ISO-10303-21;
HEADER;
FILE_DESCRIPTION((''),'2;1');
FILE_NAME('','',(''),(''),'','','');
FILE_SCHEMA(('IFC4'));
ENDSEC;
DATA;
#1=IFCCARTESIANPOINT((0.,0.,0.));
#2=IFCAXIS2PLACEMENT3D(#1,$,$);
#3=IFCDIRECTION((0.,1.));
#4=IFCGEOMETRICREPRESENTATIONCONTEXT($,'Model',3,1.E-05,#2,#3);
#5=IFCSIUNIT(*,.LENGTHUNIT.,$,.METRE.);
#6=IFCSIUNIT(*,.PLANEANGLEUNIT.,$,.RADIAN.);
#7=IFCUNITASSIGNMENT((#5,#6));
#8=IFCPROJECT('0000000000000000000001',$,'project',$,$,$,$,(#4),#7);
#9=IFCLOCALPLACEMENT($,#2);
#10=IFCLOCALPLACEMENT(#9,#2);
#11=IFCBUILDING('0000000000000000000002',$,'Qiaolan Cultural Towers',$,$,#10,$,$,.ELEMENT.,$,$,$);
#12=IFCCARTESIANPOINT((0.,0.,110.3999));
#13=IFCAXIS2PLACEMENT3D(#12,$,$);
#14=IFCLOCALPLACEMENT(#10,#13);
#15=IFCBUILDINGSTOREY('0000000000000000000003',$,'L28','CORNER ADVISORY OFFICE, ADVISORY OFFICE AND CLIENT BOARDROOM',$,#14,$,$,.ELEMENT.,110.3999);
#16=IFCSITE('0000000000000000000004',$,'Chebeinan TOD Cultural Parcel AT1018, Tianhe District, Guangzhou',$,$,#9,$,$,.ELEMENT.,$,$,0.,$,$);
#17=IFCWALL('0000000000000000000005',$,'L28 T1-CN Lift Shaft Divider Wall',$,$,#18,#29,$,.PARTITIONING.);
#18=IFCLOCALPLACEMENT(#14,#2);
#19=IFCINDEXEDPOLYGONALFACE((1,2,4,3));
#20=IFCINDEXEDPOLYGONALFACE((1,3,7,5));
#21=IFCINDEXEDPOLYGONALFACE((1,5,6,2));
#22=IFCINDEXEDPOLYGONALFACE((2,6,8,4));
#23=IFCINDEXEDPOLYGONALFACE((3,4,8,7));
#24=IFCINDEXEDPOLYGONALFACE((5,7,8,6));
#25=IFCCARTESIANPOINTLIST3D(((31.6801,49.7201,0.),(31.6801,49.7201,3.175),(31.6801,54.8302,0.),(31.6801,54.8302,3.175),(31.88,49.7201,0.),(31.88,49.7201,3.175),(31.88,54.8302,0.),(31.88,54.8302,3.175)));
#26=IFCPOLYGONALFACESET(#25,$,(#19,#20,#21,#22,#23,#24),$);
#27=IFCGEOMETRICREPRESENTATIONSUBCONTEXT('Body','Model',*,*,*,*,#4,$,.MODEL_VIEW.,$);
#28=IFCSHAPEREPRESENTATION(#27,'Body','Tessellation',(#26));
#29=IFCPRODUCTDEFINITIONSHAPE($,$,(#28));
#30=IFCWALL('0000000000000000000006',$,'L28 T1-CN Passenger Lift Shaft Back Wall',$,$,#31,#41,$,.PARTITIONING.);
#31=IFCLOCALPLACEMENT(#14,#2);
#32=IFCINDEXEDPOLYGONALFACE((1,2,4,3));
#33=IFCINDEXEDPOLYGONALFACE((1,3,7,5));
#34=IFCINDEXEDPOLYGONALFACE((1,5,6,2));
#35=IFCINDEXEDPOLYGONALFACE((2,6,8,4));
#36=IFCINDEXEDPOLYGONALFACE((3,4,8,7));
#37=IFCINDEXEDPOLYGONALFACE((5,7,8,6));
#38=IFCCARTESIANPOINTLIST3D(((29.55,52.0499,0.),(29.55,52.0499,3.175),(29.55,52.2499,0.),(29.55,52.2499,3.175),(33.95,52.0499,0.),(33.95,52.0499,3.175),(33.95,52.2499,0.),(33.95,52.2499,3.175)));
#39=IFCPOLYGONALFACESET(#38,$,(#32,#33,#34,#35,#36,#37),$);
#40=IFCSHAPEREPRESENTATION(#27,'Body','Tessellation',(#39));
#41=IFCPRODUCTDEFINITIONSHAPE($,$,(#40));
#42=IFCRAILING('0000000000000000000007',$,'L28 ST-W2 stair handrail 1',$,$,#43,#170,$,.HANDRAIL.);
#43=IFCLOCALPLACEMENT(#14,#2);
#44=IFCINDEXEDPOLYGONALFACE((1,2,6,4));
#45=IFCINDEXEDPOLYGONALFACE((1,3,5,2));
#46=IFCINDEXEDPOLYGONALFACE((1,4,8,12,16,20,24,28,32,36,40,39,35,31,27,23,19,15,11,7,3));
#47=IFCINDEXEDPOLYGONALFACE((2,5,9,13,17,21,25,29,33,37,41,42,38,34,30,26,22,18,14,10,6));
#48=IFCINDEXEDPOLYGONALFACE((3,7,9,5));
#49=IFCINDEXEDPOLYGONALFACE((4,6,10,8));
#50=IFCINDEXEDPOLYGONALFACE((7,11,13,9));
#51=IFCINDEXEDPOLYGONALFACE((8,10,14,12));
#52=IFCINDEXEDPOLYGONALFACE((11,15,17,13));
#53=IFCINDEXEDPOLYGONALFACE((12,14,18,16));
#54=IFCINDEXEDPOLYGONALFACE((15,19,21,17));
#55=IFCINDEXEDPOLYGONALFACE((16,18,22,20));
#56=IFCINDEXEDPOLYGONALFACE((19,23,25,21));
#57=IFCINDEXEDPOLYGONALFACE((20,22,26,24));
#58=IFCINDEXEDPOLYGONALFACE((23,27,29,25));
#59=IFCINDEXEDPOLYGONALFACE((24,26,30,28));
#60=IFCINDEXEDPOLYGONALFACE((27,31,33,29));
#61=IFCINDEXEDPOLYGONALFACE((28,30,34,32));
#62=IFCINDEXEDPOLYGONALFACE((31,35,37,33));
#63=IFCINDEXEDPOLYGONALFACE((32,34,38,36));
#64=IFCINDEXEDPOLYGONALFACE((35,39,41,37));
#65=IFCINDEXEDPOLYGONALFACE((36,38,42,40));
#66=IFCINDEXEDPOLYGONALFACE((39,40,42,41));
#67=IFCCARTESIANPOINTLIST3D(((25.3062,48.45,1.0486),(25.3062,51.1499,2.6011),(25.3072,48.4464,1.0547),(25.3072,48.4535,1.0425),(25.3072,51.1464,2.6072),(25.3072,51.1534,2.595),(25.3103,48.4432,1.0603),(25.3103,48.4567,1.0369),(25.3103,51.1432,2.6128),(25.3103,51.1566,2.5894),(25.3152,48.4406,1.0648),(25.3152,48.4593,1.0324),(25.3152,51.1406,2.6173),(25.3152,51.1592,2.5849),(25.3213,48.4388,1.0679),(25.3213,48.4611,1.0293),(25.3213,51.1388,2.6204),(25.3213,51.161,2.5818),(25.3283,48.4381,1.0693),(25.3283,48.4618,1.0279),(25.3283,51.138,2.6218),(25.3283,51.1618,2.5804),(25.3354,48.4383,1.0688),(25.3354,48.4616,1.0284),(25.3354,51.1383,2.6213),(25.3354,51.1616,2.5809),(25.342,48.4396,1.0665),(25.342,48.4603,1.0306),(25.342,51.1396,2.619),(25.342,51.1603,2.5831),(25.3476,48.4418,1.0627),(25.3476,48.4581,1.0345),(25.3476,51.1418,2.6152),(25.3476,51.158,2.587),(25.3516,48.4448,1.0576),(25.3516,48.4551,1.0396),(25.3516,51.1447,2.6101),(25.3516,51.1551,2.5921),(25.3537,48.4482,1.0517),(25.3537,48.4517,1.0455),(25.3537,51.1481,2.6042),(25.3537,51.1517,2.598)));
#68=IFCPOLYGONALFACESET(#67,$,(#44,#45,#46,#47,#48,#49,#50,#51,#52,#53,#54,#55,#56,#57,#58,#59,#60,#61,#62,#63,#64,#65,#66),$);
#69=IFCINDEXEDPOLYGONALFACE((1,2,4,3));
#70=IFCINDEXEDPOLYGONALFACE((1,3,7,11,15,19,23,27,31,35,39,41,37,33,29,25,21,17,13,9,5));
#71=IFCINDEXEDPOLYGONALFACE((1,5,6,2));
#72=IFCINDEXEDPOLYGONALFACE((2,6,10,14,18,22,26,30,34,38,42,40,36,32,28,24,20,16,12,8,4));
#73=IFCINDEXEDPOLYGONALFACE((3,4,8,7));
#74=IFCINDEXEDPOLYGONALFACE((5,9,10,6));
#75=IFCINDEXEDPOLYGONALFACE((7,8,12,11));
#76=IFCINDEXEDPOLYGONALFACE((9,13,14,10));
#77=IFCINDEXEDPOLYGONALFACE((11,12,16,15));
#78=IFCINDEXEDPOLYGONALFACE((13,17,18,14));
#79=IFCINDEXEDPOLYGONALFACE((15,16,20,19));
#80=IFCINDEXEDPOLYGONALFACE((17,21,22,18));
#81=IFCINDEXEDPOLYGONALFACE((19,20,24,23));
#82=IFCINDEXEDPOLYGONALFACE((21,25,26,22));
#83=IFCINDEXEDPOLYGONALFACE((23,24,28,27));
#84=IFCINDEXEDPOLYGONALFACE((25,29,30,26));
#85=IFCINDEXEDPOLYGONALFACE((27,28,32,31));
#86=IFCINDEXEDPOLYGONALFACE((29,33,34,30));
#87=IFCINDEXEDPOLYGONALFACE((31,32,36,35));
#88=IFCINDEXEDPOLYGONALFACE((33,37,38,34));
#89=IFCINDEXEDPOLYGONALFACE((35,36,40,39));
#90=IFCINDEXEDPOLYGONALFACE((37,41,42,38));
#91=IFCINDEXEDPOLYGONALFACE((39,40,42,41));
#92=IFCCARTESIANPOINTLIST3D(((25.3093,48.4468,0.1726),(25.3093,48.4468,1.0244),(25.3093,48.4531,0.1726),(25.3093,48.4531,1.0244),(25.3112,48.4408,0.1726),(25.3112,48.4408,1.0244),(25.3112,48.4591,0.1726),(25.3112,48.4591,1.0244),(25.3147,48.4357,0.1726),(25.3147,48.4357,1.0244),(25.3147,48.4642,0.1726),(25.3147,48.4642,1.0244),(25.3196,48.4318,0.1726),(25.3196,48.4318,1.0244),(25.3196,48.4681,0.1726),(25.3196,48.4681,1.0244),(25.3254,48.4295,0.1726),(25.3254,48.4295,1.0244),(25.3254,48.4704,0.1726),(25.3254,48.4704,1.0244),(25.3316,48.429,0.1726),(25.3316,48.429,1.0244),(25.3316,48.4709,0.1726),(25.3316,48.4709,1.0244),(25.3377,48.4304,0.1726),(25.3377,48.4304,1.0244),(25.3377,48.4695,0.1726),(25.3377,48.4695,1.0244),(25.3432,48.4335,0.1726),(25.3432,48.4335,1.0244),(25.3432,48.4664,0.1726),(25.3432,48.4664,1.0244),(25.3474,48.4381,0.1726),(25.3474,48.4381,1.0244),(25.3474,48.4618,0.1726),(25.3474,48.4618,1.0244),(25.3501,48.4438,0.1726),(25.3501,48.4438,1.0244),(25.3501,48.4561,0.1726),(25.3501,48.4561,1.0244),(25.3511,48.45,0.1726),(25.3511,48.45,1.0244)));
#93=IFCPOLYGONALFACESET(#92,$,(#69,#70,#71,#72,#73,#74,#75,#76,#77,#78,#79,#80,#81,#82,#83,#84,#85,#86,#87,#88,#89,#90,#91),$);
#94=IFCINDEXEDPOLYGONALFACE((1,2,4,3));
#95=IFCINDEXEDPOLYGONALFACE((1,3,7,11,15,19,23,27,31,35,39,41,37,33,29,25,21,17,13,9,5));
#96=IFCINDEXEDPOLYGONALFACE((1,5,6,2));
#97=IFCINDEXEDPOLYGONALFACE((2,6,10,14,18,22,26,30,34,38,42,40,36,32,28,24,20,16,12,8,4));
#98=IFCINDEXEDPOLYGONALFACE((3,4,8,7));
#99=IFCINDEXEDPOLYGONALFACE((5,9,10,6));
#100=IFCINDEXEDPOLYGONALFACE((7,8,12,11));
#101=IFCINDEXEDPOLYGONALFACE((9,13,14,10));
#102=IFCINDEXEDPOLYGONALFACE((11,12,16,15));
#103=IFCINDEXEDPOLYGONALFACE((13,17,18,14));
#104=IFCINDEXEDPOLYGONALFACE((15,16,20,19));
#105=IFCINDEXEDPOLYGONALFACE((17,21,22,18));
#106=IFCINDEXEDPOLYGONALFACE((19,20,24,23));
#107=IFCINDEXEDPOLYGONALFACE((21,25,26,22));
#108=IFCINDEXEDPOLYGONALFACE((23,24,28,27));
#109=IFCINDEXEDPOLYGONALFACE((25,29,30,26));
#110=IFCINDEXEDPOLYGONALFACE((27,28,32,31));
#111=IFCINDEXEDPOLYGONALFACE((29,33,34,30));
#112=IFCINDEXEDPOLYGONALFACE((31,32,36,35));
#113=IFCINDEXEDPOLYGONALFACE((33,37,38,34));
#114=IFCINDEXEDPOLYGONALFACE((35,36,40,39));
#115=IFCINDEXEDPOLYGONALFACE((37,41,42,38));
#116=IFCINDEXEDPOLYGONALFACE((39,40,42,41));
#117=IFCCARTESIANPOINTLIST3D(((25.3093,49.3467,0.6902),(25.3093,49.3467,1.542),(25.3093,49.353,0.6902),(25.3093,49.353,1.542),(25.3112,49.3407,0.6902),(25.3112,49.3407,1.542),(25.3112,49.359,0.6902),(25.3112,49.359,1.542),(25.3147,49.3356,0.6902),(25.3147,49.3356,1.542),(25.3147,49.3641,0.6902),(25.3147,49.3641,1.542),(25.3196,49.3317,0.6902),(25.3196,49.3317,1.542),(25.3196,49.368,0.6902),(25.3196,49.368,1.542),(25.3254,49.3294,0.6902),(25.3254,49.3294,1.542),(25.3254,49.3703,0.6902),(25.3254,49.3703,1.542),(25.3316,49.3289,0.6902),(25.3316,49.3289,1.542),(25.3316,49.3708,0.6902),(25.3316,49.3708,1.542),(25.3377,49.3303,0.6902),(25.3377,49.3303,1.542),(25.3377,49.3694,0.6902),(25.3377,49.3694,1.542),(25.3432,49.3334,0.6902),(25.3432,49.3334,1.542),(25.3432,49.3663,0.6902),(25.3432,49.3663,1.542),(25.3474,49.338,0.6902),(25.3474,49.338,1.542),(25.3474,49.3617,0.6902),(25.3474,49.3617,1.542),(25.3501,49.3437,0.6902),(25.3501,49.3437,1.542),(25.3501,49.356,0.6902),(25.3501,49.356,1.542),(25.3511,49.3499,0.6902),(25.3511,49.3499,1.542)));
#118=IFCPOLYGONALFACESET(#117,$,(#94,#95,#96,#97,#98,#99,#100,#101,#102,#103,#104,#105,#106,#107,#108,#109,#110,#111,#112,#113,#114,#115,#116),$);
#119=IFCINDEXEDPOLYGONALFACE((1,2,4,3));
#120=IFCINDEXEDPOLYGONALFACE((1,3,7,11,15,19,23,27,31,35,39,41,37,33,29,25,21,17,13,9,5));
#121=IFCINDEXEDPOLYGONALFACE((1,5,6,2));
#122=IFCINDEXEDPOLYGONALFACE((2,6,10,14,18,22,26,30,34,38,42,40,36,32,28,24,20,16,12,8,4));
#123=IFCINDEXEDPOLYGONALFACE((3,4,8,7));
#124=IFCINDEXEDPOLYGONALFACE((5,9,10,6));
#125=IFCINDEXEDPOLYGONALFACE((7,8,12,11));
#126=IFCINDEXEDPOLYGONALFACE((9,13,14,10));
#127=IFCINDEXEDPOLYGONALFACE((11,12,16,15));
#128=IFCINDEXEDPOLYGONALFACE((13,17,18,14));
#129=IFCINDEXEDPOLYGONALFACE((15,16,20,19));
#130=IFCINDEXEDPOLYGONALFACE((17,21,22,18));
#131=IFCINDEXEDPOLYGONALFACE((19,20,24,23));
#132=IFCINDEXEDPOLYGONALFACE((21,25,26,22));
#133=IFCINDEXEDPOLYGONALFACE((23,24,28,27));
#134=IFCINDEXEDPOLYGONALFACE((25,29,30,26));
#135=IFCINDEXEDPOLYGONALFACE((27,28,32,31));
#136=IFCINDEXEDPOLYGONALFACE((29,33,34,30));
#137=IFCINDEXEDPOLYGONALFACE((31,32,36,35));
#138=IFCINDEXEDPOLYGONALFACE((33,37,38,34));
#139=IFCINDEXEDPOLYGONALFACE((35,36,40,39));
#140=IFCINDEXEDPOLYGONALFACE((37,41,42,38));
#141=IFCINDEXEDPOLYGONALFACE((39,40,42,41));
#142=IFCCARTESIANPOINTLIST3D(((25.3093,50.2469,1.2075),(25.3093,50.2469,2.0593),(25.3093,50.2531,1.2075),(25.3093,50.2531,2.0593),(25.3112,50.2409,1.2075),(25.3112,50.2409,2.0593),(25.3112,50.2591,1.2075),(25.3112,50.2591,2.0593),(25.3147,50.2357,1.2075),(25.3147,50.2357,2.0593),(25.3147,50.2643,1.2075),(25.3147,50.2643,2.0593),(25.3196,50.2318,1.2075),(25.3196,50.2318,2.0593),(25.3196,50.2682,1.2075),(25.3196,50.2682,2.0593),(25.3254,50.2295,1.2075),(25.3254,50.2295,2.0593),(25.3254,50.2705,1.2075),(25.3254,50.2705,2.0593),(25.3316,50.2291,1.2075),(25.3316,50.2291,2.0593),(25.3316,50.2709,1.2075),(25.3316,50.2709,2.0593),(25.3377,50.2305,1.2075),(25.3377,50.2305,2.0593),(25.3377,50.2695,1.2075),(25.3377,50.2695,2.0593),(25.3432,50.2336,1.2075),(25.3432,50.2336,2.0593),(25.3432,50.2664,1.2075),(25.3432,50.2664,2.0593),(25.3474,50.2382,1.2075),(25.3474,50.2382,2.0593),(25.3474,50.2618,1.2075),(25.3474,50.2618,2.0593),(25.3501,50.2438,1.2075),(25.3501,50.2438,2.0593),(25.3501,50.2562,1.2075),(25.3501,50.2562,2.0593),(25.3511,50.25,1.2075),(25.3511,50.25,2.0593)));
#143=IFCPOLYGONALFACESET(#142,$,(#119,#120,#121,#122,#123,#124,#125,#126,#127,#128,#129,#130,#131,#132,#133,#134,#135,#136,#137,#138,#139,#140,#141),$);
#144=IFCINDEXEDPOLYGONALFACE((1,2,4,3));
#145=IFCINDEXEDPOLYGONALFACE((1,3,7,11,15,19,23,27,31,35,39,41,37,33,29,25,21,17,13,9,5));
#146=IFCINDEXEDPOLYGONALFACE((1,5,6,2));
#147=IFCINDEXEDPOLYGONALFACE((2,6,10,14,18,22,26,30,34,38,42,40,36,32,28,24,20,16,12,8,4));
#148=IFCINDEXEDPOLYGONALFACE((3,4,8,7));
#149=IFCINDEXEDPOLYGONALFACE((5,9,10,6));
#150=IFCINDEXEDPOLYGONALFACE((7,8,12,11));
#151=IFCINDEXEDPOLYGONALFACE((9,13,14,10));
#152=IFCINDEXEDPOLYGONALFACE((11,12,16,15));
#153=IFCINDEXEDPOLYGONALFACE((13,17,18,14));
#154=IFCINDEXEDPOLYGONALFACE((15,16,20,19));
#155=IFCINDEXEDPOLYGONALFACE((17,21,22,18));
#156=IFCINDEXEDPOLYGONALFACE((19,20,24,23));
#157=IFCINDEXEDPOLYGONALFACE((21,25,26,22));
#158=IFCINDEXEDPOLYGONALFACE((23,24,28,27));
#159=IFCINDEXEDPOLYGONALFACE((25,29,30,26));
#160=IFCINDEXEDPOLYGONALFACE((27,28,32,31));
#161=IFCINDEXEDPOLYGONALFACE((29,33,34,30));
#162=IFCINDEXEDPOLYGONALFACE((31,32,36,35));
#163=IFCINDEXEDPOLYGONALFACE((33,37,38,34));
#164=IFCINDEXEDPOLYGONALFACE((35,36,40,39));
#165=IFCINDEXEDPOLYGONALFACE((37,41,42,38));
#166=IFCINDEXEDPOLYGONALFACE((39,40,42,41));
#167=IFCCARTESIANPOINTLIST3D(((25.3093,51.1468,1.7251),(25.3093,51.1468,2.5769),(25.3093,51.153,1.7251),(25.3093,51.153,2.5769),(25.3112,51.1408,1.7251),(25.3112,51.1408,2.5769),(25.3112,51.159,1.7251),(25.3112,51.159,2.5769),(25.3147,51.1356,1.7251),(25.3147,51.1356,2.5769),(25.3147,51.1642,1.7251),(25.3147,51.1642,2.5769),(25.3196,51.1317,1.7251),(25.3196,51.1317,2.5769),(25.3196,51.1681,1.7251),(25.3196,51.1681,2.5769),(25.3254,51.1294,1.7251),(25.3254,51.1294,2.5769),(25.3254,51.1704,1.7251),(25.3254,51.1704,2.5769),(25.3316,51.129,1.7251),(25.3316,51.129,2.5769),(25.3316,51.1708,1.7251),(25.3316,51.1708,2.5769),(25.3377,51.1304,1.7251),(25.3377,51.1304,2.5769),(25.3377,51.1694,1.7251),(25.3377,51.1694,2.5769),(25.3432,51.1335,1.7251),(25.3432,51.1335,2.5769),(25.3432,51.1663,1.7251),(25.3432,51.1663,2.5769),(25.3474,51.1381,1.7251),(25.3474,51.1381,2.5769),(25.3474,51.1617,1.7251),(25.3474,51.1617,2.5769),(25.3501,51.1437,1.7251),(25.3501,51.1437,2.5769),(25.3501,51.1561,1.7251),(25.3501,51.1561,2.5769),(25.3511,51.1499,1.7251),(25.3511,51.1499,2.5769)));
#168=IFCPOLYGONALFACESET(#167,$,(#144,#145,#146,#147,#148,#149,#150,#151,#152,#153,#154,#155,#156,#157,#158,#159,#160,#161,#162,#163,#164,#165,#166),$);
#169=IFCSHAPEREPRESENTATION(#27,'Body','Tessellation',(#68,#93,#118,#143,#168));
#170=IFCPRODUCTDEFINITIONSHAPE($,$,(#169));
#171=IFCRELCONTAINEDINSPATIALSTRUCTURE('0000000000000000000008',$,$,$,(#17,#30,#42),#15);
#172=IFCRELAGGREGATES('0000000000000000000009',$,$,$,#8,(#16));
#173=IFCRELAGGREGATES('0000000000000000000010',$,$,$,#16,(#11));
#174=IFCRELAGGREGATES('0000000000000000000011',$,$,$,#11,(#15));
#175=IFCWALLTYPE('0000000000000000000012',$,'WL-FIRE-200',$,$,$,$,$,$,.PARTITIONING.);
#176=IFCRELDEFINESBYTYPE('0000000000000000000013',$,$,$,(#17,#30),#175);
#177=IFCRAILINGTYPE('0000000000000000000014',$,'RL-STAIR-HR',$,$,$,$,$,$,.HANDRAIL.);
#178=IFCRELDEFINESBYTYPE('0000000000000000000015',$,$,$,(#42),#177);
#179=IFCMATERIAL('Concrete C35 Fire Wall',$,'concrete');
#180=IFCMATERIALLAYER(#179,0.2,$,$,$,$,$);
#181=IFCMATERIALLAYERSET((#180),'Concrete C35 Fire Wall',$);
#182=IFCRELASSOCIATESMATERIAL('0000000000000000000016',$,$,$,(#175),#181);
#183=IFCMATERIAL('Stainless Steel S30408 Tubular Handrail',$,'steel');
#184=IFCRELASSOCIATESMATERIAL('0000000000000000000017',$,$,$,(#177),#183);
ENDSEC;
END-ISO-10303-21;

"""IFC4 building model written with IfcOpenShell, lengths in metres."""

from ifc_helpers import new_model, si_unit, direction, frame, frame_2d, origin, origin_2d, place, context, subcontext, project, spatial, rectangle, circle, extrude, material, layer, layer_set, type_object, element, save


model = new_model("IFC4")

# Units and contexts
model_context = context("Model", 3, precision=1e-05, world=origin(), true_north=direction((0.0, 1.0)))
body_context = subcontext(model_context, "Body", "Model", "MODEL_VIEW")
ifc_project = project(units=[si_unit("LENGTHUNIT", "METRE"), si_unit("PLANEANGLEUNIT", "RADIAN")], contexts=[model_context])

# Site, building, storey
site_placement = place(None, origin())
site = spatial("IfcSite", under=ifc_project, at=site_placement, Name="Chebeinan TOD Cultural Parcel AT1018, Tianhe District, Guangzhou", CompositionType="ELEMENT", RefElevation=0.0)
building_placement = place(site_placement, origin())
building = spatial("IfcBuilding", under=site, at=building_placement, Name="Qiaolan Cultural Towers", CompositionType="ELEMENT")
storey_placement = place(building_placement, frame((0.0, 0.0, 110.3999)))
storey = spatial("IfcBuildingStorey", under=building, at=storey_placement, Name="L28", Description="CORNER ADVISORY OFFICE, ADVISORY OFFICE AND CLIENT BOARDROOM", CompositionType="ELEMENT", Elevation=110.3999)

# Shared definitions
ifc_material_1 = material(Name="Concrete C35 Fire Wall", Category="concrete")
ifc_layer_1 = layer(ifc_material_1, 0.2)
ifc_layer_set_1 = layer_set([ifc_layer_1], Name="Concrete C35 Fire Wall")
wall_type_1 = type_object("IfcWallType", Name="WL-FIRE-200", PredefinedType="PARTITIONING", material=ifc_layer_set_1)

# Walls
wall_1_placement = place(storey_placement, frame((31.78, 49.72, 0.0), z_axis=(0.0, 0.0, 1.0), x_axis=(0.0, 1.0, 0.0)))
element("IfcWall", 1, at=wall_1_placement, inside=storey, type_object=wall_type_1, Name="L28 T1-CN Lift Shaft Divider Wall", PredefinedType="PARTITIONING", context=body_context, shape_type="SweptSolid", body=[
    extrude(rectangle(XDim=5.1101, YDim=0.2, at=frame_2d((2.5552, 0.0))), origin(), (0.0, 0.0, 1.0), 3.175),
])
wall_2_placement = place(storey_placement, frame((29.55, 52.1499, 0.0), z_axis=(0.0, 0.0, 1.0), x_axis=(1.0, 0.0, 0.0)))
element("IfcWall", 2, at=wall_2_placement, inside=storey, type_object=wall_type_1, Name="L28 T1-CN Passenger Lift Shaft Back Wall", PredefinedType="PARTITIONING", context=body_context, shape_type="SweptSolid", body=[
    extrude(rectangle(XDim=4.3999, YDim=0.2, at=frame_2d((2.2, 0.0))), origin(), (0.0, 0.0, 1.0), 3.175),
])

# Railing
ifc_material_2 = material(Name="Stainless Steel S30408 Tubular Handrail", Category="steel")
railing_type = type_object("IfcRailingType", Name="RL-STAIR-HR", PredefinedType="HANDRAIL", material=ifc_material_2)
railing_placement = place(storey_placement, frame((25.3301, 48.45, 0.1726)))
element("IfcRailing", 3, at=railing_placement, inside=storey, type_object=railing_type, Name="L28 ST-W2 stair handrail 1", PredefinedType="HANDRAIL", context=body_context, shape_type="SweptSolid", body=[
    extrude(circle(Radius=0.0239, at=origin_2d()), frame((0.0, 0.0, 0.876), z_axis=(0.0, 0.866904, 0.498476), x_axis=(-1.0, 0.0, 0.0)), (0.0, 0.0, 1.0), 3.1145),
    extrude(circle(Radius=0.021, at=origin_2d()), origin(), (0.0, 0.0, 1.0), 0.8518),
    extrude(circle(Radius=0.021, at=origin_2d()), frame((0.0, 0.8999, 0.5176)), (0.0, 0.0, 1.0), 0.8518),
    extrude(circle(Radius=0.021, at=origin_2d()), frame((0.0, 1.8, 1.0349)), (0.0, 0.0, 1.0), 0.8518),
    extrude(circle(Radius=0.021, at=origin_2d()), frame((0.0, 2.7, 1.5525)), (0.0, 0.0, 1.0), 0.8518),
])

save(model, "model.ifc")
